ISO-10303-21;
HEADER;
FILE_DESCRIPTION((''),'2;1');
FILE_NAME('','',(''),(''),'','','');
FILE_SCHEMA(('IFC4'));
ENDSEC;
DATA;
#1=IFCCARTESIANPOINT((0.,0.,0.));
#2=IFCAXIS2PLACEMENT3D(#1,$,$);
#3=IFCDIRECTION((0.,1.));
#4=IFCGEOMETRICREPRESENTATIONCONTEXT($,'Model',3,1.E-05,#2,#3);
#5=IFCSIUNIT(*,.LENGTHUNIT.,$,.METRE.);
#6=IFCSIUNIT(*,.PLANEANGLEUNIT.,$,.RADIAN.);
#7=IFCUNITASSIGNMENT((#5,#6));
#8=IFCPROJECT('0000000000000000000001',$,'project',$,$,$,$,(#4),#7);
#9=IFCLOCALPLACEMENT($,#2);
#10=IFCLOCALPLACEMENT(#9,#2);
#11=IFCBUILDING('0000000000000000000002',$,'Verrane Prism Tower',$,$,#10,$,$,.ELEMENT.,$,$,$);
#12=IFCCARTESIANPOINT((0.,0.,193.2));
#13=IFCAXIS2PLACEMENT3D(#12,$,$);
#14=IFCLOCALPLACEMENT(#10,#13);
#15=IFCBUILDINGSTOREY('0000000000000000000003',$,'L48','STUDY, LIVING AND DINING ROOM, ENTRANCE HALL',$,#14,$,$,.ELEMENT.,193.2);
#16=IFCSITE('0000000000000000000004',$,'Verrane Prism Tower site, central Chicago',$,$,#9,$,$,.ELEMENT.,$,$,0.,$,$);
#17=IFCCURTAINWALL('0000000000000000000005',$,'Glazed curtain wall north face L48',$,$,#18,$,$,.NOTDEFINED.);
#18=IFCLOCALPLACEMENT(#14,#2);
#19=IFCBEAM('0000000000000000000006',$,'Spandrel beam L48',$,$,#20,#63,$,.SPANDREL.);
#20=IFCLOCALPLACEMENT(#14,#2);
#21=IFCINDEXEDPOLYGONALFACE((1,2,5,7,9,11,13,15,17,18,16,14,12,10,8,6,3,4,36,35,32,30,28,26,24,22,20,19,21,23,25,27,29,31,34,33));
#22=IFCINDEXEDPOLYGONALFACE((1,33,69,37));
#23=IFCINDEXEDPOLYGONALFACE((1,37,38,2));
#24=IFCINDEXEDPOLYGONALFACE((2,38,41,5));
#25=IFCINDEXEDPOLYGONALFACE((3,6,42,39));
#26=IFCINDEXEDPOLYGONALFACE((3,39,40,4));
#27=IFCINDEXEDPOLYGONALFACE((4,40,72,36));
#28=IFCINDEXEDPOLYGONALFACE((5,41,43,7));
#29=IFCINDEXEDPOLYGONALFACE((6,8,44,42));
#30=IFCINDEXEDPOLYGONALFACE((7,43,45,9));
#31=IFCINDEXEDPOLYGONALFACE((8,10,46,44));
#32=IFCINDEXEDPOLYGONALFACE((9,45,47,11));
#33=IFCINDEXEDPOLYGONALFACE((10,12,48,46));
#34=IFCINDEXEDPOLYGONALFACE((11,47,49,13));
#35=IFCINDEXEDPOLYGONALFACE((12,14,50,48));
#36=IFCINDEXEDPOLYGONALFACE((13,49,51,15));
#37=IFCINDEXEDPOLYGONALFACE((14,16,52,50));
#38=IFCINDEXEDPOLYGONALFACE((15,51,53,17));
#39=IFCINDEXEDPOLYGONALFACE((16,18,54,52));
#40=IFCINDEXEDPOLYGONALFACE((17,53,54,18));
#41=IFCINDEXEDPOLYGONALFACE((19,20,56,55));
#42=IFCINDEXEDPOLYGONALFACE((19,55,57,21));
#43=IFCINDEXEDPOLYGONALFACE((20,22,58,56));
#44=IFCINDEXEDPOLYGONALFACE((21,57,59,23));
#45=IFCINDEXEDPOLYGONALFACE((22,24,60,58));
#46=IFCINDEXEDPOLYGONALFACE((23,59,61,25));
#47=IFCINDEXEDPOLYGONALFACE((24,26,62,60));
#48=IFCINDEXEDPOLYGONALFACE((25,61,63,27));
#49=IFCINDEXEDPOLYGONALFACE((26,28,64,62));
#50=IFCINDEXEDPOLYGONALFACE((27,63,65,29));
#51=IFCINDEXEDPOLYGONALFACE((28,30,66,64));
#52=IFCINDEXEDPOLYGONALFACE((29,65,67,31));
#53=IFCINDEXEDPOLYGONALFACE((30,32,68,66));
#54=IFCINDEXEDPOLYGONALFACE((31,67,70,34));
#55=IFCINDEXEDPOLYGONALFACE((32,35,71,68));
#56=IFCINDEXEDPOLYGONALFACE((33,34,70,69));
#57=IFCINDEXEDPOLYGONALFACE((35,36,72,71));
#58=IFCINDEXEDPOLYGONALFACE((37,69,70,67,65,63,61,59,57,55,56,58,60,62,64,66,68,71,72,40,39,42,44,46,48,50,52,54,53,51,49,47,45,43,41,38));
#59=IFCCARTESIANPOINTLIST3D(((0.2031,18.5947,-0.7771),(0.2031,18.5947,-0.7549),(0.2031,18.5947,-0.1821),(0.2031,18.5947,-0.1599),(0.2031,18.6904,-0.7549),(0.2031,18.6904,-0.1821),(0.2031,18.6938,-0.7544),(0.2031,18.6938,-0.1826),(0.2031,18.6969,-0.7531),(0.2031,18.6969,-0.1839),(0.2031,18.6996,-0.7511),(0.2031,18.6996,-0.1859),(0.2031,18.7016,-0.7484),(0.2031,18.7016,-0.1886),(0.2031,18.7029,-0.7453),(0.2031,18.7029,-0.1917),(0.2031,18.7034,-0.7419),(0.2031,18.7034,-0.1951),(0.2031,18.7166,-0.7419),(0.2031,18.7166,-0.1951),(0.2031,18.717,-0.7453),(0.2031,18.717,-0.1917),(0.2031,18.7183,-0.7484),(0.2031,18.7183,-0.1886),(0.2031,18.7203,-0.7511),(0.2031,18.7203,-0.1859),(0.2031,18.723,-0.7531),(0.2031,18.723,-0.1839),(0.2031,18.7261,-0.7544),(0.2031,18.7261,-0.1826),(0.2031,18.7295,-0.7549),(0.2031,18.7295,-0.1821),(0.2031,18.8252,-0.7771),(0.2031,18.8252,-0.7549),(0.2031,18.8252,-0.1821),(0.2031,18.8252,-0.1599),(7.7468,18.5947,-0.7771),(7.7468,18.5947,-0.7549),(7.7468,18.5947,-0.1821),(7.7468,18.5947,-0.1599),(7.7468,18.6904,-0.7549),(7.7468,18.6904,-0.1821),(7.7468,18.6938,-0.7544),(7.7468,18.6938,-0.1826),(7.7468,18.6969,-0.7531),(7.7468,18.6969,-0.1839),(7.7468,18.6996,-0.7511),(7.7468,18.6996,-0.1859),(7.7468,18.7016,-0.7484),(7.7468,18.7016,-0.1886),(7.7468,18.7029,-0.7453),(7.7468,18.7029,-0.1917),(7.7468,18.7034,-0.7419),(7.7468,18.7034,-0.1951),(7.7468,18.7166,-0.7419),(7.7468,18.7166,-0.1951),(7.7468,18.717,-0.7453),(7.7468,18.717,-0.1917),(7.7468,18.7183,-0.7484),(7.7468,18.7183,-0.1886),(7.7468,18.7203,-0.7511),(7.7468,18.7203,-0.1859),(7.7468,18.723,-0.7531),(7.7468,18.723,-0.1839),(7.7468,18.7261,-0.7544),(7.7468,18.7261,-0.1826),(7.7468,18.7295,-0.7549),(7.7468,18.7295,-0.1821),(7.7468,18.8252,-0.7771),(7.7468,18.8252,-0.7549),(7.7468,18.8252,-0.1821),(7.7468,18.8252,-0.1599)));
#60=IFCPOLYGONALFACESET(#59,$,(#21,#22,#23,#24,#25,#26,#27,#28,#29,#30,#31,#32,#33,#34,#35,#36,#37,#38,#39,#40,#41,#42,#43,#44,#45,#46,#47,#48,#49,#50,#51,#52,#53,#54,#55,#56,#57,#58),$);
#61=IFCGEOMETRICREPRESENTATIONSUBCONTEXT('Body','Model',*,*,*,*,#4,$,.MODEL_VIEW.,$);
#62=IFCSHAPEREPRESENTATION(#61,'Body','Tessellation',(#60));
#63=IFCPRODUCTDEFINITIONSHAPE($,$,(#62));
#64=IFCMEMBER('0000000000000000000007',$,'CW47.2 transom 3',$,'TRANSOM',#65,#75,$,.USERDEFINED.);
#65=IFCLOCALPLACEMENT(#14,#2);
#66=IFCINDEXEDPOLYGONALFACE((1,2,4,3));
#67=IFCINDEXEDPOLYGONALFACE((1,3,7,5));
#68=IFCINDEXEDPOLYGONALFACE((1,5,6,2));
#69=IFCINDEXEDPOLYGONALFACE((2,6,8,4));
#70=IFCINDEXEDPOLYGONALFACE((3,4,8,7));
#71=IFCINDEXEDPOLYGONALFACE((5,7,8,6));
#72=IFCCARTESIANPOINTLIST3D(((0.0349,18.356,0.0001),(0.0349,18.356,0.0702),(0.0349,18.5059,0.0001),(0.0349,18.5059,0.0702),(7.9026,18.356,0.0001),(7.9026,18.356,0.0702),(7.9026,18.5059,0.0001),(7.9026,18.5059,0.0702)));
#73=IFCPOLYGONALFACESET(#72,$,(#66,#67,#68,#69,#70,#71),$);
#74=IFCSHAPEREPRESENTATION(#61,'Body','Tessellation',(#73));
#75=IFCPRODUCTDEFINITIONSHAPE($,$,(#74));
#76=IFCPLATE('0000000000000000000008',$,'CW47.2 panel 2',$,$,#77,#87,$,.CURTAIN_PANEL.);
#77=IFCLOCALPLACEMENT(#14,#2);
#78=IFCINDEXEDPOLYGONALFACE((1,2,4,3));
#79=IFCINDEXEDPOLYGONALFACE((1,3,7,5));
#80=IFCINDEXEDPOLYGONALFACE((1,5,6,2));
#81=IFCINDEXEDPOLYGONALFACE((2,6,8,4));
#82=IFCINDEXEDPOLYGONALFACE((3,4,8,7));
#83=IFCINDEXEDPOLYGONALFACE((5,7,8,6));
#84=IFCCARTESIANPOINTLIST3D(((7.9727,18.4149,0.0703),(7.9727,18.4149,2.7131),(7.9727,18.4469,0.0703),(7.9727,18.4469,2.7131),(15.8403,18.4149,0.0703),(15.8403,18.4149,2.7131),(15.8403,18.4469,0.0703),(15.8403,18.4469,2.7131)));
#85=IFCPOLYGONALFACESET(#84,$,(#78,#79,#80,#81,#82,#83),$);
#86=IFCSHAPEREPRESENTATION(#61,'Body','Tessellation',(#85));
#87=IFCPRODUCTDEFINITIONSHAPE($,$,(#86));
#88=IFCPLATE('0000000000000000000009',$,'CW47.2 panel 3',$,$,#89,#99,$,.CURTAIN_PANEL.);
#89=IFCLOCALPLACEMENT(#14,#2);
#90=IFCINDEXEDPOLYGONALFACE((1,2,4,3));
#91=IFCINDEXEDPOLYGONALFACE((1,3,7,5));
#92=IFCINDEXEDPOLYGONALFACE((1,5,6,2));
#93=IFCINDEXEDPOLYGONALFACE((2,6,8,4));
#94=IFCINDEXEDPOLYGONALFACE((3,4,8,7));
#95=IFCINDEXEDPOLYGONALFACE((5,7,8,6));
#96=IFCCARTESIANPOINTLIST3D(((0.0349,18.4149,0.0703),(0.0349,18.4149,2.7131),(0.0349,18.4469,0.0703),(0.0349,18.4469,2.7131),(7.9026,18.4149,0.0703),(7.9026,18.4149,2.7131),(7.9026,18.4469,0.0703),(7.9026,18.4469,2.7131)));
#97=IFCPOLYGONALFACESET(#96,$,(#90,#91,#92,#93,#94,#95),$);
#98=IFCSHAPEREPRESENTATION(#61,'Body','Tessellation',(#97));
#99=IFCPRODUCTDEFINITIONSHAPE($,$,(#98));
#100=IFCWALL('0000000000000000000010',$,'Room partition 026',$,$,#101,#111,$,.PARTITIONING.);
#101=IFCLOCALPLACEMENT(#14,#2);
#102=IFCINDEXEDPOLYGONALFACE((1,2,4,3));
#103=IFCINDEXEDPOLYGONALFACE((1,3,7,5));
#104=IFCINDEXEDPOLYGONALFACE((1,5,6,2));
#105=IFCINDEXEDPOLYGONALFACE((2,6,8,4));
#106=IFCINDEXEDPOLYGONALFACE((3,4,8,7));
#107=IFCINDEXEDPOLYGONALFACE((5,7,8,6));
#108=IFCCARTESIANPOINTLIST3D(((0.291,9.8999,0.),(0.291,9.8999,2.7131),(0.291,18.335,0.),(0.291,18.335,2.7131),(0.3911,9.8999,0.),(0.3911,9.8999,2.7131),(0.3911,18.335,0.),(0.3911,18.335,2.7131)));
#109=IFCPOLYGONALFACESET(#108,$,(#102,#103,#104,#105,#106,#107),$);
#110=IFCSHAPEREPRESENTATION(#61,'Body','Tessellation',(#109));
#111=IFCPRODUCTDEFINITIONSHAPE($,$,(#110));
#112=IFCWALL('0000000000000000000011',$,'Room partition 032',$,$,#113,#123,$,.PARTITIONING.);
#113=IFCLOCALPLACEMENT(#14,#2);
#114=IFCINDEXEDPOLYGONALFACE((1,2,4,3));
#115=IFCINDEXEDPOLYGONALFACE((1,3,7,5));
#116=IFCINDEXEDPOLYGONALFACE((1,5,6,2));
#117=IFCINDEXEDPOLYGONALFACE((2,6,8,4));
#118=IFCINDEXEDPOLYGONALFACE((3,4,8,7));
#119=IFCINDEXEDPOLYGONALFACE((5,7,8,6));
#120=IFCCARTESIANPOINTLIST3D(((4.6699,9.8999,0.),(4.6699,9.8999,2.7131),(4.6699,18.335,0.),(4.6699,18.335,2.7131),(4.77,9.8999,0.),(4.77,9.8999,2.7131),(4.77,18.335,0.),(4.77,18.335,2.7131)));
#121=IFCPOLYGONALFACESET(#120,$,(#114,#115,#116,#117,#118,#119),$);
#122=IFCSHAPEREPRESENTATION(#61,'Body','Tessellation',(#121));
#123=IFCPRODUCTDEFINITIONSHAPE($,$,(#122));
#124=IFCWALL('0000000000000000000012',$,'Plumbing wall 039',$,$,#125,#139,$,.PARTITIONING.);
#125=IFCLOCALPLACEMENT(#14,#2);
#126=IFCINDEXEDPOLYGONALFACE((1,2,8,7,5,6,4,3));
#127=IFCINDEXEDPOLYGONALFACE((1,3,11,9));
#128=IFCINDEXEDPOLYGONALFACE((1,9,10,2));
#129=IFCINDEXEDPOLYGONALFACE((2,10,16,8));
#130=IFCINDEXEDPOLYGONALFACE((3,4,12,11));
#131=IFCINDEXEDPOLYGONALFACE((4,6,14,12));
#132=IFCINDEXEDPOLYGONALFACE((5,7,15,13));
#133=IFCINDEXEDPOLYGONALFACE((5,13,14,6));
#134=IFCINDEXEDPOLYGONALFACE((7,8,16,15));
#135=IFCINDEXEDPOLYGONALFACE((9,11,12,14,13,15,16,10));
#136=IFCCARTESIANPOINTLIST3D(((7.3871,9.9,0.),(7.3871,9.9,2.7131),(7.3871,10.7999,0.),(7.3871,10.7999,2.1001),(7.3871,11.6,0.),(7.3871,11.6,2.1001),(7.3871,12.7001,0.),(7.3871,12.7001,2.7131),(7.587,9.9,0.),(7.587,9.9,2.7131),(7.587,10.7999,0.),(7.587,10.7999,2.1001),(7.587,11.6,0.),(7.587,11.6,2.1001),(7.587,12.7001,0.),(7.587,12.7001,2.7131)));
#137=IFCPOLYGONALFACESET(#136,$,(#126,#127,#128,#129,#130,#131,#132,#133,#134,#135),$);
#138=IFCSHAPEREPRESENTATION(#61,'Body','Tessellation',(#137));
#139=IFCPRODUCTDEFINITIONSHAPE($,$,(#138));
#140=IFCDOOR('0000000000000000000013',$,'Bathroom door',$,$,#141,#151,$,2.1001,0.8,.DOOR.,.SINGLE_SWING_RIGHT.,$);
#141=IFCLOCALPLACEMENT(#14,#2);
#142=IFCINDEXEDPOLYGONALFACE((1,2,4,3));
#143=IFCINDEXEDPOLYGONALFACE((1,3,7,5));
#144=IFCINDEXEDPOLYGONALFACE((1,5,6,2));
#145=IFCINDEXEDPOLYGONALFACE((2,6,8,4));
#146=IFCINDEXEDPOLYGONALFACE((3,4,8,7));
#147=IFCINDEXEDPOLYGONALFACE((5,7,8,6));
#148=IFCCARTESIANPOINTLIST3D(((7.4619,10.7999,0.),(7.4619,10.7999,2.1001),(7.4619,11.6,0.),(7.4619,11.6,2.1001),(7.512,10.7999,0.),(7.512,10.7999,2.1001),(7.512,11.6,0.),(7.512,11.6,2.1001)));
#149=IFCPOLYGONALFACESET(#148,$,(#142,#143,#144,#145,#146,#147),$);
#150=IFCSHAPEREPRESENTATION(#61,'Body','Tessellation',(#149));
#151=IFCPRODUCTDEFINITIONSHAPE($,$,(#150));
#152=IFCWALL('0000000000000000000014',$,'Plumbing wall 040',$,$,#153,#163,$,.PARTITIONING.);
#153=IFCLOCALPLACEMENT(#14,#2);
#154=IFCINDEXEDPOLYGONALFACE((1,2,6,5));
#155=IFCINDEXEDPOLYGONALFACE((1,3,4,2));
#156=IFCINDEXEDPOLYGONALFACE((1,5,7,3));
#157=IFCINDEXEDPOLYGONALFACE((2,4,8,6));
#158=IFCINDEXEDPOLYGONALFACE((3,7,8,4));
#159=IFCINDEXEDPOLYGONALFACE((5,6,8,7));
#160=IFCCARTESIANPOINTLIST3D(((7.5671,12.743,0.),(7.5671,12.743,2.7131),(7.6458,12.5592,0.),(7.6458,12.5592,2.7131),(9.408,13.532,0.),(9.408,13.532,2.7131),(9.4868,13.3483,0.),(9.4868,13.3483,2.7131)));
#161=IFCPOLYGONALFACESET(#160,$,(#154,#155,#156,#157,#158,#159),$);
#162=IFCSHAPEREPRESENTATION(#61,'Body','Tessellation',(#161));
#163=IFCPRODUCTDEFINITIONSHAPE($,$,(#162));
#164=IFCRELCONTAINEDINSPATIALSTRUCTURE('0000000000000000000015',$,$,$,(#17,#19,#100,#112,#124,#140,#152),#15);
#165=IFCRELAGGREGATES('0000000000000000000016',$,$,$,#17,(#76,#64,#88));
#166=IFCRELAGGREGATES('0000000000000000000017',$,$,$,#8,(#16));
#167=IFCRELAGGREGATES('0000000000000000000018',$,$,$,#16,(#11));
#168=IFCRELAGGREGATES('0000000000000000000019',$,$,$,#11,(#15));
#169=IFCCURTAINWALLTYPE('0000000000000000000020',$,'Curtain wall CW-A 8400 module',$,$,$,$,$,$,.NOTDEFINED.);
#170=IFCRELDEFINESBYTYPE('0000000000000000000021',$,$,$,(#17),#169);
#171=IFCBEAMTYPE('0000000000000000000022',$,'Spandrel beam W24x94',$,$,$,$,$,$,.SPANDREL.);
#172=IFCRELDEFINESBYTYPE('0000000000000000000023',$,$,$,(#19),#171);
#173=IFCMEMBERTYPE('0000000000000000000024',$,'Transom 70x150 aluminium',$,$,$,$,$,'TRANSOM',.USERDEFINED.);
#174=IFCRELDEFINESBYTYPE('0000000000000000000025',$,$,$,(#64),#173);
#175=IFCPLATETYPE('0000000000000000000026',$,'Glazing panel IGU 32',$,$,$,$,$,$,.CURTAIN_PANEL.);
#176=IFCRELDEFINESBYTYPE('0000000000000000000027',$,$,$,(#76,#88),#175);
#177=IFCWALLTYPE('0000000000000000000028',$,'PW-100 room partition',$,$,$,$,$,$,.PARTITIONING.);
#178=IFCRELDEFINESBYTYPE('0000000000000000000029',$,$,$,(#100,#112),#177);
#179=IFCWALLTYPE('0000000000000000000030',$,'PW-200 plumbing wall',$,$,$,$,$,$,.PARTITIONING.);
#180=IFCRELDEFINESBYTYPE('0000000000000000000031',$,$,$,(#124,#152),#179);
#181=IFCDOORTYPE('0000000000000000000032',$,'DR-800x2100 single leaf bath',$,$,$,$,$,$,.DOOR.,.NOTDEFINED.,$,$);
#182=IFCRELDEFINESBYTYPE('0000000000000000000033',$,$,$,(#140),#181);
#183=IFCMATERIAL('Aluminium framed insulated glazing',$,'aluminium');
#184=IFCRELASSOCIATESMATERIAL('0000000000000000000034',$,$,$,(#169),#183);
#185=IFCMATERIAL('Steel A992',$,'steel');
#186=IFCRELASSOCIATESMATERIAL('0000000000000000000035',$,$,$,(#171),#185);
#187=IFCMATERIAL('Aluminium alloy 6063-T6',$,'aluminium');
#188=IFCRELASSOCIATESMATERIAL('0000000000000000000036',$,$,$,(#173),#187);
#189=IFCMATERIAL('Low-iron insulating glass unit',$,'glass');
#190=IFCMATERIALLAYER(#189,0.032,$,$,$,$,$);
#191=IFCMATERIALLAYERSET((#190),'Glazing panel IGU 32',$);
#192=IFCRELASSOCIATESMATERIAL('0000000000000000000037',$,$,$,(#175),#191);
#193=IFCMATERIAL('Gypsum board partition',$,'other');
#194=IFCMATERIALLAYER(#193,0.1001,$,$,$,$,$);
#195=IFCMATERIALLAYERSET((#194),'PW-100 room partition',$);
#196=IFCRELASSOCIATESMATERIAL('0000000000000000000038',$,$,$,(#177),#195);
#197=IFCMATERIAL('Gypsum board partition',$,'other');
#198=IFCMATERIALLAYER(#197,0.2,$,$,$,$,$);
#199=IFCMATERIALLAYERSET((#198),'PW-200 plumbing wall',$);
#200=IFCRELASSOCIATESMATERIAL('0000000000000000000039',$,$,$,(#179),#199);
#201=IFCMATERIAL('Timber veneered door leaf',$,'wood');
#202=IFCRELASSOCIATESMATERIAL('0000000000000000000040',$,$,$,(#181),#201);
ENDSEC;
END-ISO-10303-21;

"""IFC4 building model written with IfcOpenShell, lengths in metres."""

from ifc_helpers import new_model, si_unit, direction, frame, frame_2d, origin, origin_2d, place, context, subcontext, project, spatial, rectangle, i_section, extrude, material, layer, layer_set, material_profile, profile_set, type_object, element, fill, aggregate, save


model = new_model("IFC4")

# Units and contexts
model_context = context("Model", 3, precision=1e-05, world=origin(), true_north=direction((0.0, 1.0)))
body_context = subcontext(model_context, "Body", "Model", "MODEL_VIEW")
ifc_project = project(units=[si_unit("LENGTHUNIT", "METRE"), si_unit("PLANEANGLEUNIT", "RADIAN")], contexts=[model_context])

# Site, building, storey
site_placement = place(None, origin())
site = spatial("IfcSite", under=ifc_project, at=site_placement, Name="Verrane Prism Tower site, central Chicago", CompositionType="ELEMENT", RefElevation=0.0)
building_placement = place(site_placement, origin())
building = spatial("IfcBuilding", under=site, at=building_placement, Name="Verrane Prism Tower", CompositionType="ELEMENT")
storey_placement = place(building_placement, frame((0.0, 0.0, 193.2)))
storey = spatial("IfcBuildingStorey", under=building, at=storey_placement, Name="L48", Description="STUDY, LIVING AND DINING ROOM, ENTRANCE HALL", CompositionType="ELEMENT", Elevation=193.2)

# Curtain wall
ifc_material_1 = material(Name="Aluminium framed insulated glazing", Category="aluminium")
curtain_wall_type = type_object("IfcCurtainWallType", Name="Curtain wall CW-A 8400 module", PredefinedType="NOTDEFINED", material=ifc_material_1)
curtain_wall_placement = place(storey_placement, origin())
curtain_wall = element("IfcCurtainWall", 1, at=curtain_wall_placement, inside=storey, type_object=curtain_wall_type, Name="Glazed curtain wall north face L48", PredefinedType="NOTDEFINED")

# Beam
ifc_material_2 = material(Name="Steel A992", Category="steel")
ifc_material_profile_1 = material_profile(ifc_material_2, i_section(OverallWidth=0.2305, OverallDepth=0.6172, WebThickness=0.0132, FlangeThickness=0.0222, FilletRadius=0.0129, at=origin_2d()), Name="W24x94")
ifc_profile_set_1 = profile_set([ifc_material_profile_1], Name="Steel A992")
beam_type_1 = type_object("IfcBeamType", Name="Spandrel beam W24x94", PredefinedType="SPANDREL", material=ifc_profile_set_1)
beam_1_placement = place(storey_placement, frame((7.7468, 18.71, -0.4685), z_axis=(-1.0, 0.0, 0.0), x_axis=(0.0, -1.0, 0.0)))
element("IfcBeam", 2, at=beam_1_placement, inside=storey, type_object=beam_type_1, Name="Spandrel beam L48", PredefinedType="SPANDREL", context=body_context, shape_type="SweptSolid", body=[
    extrude(i_section(OverallWidth=0.2305, OverallDepth=0.6172, WebThickness=0.0132, FlangeThickness=0.0222, FilletRadius=0.0129, at=origin_2d()), origin(), (0.0, 0.0, 1.0), 7.5437),
])

# Member
ifc_material_3 = material(Name="Aluminium alloy 6063-T6", Category="aluminium")
ifc_material_profile_2 = material_profile(ifc_material_3, rectangle(XDim=0.1499, YDim=0.0701, at=origin_2d()), Name="Transom 70x150 aluminium")
ifc_profile_set_2 = profile_set([ifc_material_profile_2], Name="Aluminium alloy 6063-T6")
member_type_1 = type_object("IfcMemberType", Name="Transom 70x150 aluminium", ElementType="TRANSOM", PredefinedType="USERDEFINED", material=ifc_profile_set_2)
member_1_placement = place(storey_placement, frame((7.9026, 18.4309, 0.0352), z_axis=(-1.0, 0.0, 0.0), x_axis=(0.0, -1.0, 0.0)))
member_1 = element("IfcMember", 3, at=member_1_placement, type_object=member_type_1, Name="CW47.2 transom 3", ObjectType="TRANSOM", PredefinedType="USERDEFINED", context=body_context, shape_type="SweptSolid", body=[
    extrude(rectangle(XDim=0.1499, YDim=0.0701, at=origin_2d()), origin(), (0.0, 0.0, 1.0), 7.8677),
])

# Plates
ifc_material_4 = material(Name="Low-iron insulating glass unit", Category="glass")
ifc_layer_1 = layer(ifc_material_4, 0.032)
ifc_layer_set_1 = layer_set([ifc_layer_1], Name="Glazing panel IGU 32")
plate_type = type_object("IfcPlateType", Name="Glazing panel IGU 32", PredefinedType="CURTAIN_PANEL", material=ifc_layer_set_1)
plate_1_placement = place(storey_placement, frame((11.9065, 18.4309, 0.0703), z_axis=(0.0, 0.0, 1.0), x_axis=(-1.0, 0.0, 0.0)))
plate_1 = element("IfcPlate", 4, at=plate_1_placement, type_object=plate_type, Name="CW47.2 panel 2", PredefinedType="CURTAIN_PANEL", context=body_context, shape_type="SweptSolid", body=[
    extrude(rectangle(XDim=7.8677, YDim=0.032, at=origin_2d()), origin(), (0.0, 0.0, 1.0), 2.6428),
])
plate_2_placement = place(storey_placement, frame((3.9688, 18.4309, 0.0703), z_axis=(0.0, 0.0, 1.0), x_axis=(-1.0, 0.0, 0.0)))
plate_2 = element("IfcPlate", 5, at=plate_2_placement, type_object=plate_type, Name="CW47.2 panel 3", PredefinedType="CURTAIN_PANEL", context=body_context, shape_type="SweptSolid", body=[
    extrude(rectangle(XDim=7.8677, YDim=0.032, at=origin_2d()), origin(), (0.0, 0.0, 1.0), 2.6428),
])
aggregate(curtain_wall, [plate_1, member_1, plate_2])

# Walls
ifc_material_5 = material(Name="Gypsum board partition", Category="other")
ifc_layer_2 = layer(ifc_material_5, 0.1001)
ifc_layer_set_2 = layer_set([ifc_layer_2], Name="PW-100 room partition")
wall_type_1 = type_object("IfcWallType", Name="PW-100 room partition", PredefinedType="PARTITIONING", material=ifc_layer_set_2)
for number, where, z_axis, x_axis, name in (
    (6, (0.3411, 9.8999, 0.0), (0.0, 0.0, 1.0), (0.0, 1.0, 0.0), "Room partition 026"),
    (7, (4.72, 9.8999, 0.0), (0.0, 0.0, 1.0), (0.0, 1.0, 0.0), "Room partition 032"),
):
    element("IfcWall", number, at=place(storey_placement, frame(where, z_axis=z_axis, x_axis=x_axis)), inside=storey, type_object=wall_type_1, Name=name, PredefinedType="PARTITIONING", context=body_context, shape_type="SweptSolid", body=[
        extrude(rectangle(XDim=8.4351, YDim=0.1001, at=frame_2d((4.2175, 0.0))), origin(), (0.0, 0.0, 1.0), 2.7131),
    ])

# Wall, opening, door
ifc_material_6 = material(Name="Gypsum board partition", Category="other")
ifc_layer_3 = layer(ifc_material_6, 0.2)
ifc_layer_set_3 = layer_set([ifc_layer_3], Name="PW-200 plumbing wall")
wall_type_2 = type_object("IfcWallType", Name="PW-200 plumbing wall", PredefinedType="PARTITIONING", material=ifc_layer_set_3)
wall_1_placement = place(storey_placement, frame((7.4871, 12.7, 0.0), z_axis=(0.0, 0.0, 1.0), x_axis=(0.0, -1.0, 0.0)))
wall_1 = element("IfcWall", 8, at=wall_1_placement, inside=storey, type_object=wall_type_2, Name="Plumbing wall 039", PredefinedType="PARTITIONING", context=body_context, shape_type="SweptSolid", body=[
    extrude(rectangle(XDim=2.8, YDim=0.2, at=frame_2d((1.3999, 0.0))), origin(), (0.0, 0.0, 1.0), 2.7131),
])
opening_1_placement = place(wall_1_placement, frame((1.1001, 0.0, 0.0)))
opening_1 = element("IfcOpeningElement", 9, at=opening_1_placement, cuts=wall_1, PredefinedType="OPENING", context=body_context, shape_type="SweptSolid", body=[
    extrude(rectangle(XDim=0.8, YDim=2.1001, at=frame_2d((0.3999, 1.05))), frame((0.0, 0.1099, 0.0), z_axis=(0.0, -1.0, 0.0), x_axis=(1.0, 0.0, 0.0)), (0.0, 0.0, 1.0), 0.22),
])
ifc_material_7 = material(Name="Timber veneered door leaf", Category="wood")
door_type_1 = type_object("IfcDoorType", Name="DR-800x2100 single leaf bath", OperationType="NOTDEFINED", PredefinedType="DOOR", material=ifc_material_7)
door_1_placement = place(opening_1_placement, origin())
door_1 = element("IfcDoor", 10, at=door_1_placement, inside=storey, type_object=door_type_1, Name="Bathroom door", OperationType="SINGLE_SWING_RIGHT", OverallHeight=2.1001, OverallWidth=0.8, PredefinedType="DOOR", context=body_context, shape_type="SweptSolid", body=[
    extrude(rectangle(XDim=0.8, YDim=2.1001, at=frame_2d((0.3999, 1.05))), frame((0.0, 0.0249, 0.0), z_axis=(0.0, -1.0, 0.0), x_axis=(1.0, 0.0, 0.0)), (0.0, 0.0, 1.0), 0.05),
])
fill(opening_1, door_1)

# Wall
wall_2_placement = place(storey_placement, frame((7.6064, 12.6511, 0.0), z_axis=(0.0, 0.0, 1.0), x_axis=(0.919139, 0.393934, 0.0)))
element("IfcWall", 11, at=wall_2_placement, inside=storey, type_object=wall_type_2, Name="Plumbing wall 040", PredefinedType="PARTITIONING", context=body_context, shape_type="SweptSolid", body=[
    extrude(rectangle(XDim=2.0029, YDim=0.2, at=frame_2d((1.0015, 0.0))), origin(), (0.0, 0.0, 1.0), 2.7131),
])

save(model, "model.ifc")
